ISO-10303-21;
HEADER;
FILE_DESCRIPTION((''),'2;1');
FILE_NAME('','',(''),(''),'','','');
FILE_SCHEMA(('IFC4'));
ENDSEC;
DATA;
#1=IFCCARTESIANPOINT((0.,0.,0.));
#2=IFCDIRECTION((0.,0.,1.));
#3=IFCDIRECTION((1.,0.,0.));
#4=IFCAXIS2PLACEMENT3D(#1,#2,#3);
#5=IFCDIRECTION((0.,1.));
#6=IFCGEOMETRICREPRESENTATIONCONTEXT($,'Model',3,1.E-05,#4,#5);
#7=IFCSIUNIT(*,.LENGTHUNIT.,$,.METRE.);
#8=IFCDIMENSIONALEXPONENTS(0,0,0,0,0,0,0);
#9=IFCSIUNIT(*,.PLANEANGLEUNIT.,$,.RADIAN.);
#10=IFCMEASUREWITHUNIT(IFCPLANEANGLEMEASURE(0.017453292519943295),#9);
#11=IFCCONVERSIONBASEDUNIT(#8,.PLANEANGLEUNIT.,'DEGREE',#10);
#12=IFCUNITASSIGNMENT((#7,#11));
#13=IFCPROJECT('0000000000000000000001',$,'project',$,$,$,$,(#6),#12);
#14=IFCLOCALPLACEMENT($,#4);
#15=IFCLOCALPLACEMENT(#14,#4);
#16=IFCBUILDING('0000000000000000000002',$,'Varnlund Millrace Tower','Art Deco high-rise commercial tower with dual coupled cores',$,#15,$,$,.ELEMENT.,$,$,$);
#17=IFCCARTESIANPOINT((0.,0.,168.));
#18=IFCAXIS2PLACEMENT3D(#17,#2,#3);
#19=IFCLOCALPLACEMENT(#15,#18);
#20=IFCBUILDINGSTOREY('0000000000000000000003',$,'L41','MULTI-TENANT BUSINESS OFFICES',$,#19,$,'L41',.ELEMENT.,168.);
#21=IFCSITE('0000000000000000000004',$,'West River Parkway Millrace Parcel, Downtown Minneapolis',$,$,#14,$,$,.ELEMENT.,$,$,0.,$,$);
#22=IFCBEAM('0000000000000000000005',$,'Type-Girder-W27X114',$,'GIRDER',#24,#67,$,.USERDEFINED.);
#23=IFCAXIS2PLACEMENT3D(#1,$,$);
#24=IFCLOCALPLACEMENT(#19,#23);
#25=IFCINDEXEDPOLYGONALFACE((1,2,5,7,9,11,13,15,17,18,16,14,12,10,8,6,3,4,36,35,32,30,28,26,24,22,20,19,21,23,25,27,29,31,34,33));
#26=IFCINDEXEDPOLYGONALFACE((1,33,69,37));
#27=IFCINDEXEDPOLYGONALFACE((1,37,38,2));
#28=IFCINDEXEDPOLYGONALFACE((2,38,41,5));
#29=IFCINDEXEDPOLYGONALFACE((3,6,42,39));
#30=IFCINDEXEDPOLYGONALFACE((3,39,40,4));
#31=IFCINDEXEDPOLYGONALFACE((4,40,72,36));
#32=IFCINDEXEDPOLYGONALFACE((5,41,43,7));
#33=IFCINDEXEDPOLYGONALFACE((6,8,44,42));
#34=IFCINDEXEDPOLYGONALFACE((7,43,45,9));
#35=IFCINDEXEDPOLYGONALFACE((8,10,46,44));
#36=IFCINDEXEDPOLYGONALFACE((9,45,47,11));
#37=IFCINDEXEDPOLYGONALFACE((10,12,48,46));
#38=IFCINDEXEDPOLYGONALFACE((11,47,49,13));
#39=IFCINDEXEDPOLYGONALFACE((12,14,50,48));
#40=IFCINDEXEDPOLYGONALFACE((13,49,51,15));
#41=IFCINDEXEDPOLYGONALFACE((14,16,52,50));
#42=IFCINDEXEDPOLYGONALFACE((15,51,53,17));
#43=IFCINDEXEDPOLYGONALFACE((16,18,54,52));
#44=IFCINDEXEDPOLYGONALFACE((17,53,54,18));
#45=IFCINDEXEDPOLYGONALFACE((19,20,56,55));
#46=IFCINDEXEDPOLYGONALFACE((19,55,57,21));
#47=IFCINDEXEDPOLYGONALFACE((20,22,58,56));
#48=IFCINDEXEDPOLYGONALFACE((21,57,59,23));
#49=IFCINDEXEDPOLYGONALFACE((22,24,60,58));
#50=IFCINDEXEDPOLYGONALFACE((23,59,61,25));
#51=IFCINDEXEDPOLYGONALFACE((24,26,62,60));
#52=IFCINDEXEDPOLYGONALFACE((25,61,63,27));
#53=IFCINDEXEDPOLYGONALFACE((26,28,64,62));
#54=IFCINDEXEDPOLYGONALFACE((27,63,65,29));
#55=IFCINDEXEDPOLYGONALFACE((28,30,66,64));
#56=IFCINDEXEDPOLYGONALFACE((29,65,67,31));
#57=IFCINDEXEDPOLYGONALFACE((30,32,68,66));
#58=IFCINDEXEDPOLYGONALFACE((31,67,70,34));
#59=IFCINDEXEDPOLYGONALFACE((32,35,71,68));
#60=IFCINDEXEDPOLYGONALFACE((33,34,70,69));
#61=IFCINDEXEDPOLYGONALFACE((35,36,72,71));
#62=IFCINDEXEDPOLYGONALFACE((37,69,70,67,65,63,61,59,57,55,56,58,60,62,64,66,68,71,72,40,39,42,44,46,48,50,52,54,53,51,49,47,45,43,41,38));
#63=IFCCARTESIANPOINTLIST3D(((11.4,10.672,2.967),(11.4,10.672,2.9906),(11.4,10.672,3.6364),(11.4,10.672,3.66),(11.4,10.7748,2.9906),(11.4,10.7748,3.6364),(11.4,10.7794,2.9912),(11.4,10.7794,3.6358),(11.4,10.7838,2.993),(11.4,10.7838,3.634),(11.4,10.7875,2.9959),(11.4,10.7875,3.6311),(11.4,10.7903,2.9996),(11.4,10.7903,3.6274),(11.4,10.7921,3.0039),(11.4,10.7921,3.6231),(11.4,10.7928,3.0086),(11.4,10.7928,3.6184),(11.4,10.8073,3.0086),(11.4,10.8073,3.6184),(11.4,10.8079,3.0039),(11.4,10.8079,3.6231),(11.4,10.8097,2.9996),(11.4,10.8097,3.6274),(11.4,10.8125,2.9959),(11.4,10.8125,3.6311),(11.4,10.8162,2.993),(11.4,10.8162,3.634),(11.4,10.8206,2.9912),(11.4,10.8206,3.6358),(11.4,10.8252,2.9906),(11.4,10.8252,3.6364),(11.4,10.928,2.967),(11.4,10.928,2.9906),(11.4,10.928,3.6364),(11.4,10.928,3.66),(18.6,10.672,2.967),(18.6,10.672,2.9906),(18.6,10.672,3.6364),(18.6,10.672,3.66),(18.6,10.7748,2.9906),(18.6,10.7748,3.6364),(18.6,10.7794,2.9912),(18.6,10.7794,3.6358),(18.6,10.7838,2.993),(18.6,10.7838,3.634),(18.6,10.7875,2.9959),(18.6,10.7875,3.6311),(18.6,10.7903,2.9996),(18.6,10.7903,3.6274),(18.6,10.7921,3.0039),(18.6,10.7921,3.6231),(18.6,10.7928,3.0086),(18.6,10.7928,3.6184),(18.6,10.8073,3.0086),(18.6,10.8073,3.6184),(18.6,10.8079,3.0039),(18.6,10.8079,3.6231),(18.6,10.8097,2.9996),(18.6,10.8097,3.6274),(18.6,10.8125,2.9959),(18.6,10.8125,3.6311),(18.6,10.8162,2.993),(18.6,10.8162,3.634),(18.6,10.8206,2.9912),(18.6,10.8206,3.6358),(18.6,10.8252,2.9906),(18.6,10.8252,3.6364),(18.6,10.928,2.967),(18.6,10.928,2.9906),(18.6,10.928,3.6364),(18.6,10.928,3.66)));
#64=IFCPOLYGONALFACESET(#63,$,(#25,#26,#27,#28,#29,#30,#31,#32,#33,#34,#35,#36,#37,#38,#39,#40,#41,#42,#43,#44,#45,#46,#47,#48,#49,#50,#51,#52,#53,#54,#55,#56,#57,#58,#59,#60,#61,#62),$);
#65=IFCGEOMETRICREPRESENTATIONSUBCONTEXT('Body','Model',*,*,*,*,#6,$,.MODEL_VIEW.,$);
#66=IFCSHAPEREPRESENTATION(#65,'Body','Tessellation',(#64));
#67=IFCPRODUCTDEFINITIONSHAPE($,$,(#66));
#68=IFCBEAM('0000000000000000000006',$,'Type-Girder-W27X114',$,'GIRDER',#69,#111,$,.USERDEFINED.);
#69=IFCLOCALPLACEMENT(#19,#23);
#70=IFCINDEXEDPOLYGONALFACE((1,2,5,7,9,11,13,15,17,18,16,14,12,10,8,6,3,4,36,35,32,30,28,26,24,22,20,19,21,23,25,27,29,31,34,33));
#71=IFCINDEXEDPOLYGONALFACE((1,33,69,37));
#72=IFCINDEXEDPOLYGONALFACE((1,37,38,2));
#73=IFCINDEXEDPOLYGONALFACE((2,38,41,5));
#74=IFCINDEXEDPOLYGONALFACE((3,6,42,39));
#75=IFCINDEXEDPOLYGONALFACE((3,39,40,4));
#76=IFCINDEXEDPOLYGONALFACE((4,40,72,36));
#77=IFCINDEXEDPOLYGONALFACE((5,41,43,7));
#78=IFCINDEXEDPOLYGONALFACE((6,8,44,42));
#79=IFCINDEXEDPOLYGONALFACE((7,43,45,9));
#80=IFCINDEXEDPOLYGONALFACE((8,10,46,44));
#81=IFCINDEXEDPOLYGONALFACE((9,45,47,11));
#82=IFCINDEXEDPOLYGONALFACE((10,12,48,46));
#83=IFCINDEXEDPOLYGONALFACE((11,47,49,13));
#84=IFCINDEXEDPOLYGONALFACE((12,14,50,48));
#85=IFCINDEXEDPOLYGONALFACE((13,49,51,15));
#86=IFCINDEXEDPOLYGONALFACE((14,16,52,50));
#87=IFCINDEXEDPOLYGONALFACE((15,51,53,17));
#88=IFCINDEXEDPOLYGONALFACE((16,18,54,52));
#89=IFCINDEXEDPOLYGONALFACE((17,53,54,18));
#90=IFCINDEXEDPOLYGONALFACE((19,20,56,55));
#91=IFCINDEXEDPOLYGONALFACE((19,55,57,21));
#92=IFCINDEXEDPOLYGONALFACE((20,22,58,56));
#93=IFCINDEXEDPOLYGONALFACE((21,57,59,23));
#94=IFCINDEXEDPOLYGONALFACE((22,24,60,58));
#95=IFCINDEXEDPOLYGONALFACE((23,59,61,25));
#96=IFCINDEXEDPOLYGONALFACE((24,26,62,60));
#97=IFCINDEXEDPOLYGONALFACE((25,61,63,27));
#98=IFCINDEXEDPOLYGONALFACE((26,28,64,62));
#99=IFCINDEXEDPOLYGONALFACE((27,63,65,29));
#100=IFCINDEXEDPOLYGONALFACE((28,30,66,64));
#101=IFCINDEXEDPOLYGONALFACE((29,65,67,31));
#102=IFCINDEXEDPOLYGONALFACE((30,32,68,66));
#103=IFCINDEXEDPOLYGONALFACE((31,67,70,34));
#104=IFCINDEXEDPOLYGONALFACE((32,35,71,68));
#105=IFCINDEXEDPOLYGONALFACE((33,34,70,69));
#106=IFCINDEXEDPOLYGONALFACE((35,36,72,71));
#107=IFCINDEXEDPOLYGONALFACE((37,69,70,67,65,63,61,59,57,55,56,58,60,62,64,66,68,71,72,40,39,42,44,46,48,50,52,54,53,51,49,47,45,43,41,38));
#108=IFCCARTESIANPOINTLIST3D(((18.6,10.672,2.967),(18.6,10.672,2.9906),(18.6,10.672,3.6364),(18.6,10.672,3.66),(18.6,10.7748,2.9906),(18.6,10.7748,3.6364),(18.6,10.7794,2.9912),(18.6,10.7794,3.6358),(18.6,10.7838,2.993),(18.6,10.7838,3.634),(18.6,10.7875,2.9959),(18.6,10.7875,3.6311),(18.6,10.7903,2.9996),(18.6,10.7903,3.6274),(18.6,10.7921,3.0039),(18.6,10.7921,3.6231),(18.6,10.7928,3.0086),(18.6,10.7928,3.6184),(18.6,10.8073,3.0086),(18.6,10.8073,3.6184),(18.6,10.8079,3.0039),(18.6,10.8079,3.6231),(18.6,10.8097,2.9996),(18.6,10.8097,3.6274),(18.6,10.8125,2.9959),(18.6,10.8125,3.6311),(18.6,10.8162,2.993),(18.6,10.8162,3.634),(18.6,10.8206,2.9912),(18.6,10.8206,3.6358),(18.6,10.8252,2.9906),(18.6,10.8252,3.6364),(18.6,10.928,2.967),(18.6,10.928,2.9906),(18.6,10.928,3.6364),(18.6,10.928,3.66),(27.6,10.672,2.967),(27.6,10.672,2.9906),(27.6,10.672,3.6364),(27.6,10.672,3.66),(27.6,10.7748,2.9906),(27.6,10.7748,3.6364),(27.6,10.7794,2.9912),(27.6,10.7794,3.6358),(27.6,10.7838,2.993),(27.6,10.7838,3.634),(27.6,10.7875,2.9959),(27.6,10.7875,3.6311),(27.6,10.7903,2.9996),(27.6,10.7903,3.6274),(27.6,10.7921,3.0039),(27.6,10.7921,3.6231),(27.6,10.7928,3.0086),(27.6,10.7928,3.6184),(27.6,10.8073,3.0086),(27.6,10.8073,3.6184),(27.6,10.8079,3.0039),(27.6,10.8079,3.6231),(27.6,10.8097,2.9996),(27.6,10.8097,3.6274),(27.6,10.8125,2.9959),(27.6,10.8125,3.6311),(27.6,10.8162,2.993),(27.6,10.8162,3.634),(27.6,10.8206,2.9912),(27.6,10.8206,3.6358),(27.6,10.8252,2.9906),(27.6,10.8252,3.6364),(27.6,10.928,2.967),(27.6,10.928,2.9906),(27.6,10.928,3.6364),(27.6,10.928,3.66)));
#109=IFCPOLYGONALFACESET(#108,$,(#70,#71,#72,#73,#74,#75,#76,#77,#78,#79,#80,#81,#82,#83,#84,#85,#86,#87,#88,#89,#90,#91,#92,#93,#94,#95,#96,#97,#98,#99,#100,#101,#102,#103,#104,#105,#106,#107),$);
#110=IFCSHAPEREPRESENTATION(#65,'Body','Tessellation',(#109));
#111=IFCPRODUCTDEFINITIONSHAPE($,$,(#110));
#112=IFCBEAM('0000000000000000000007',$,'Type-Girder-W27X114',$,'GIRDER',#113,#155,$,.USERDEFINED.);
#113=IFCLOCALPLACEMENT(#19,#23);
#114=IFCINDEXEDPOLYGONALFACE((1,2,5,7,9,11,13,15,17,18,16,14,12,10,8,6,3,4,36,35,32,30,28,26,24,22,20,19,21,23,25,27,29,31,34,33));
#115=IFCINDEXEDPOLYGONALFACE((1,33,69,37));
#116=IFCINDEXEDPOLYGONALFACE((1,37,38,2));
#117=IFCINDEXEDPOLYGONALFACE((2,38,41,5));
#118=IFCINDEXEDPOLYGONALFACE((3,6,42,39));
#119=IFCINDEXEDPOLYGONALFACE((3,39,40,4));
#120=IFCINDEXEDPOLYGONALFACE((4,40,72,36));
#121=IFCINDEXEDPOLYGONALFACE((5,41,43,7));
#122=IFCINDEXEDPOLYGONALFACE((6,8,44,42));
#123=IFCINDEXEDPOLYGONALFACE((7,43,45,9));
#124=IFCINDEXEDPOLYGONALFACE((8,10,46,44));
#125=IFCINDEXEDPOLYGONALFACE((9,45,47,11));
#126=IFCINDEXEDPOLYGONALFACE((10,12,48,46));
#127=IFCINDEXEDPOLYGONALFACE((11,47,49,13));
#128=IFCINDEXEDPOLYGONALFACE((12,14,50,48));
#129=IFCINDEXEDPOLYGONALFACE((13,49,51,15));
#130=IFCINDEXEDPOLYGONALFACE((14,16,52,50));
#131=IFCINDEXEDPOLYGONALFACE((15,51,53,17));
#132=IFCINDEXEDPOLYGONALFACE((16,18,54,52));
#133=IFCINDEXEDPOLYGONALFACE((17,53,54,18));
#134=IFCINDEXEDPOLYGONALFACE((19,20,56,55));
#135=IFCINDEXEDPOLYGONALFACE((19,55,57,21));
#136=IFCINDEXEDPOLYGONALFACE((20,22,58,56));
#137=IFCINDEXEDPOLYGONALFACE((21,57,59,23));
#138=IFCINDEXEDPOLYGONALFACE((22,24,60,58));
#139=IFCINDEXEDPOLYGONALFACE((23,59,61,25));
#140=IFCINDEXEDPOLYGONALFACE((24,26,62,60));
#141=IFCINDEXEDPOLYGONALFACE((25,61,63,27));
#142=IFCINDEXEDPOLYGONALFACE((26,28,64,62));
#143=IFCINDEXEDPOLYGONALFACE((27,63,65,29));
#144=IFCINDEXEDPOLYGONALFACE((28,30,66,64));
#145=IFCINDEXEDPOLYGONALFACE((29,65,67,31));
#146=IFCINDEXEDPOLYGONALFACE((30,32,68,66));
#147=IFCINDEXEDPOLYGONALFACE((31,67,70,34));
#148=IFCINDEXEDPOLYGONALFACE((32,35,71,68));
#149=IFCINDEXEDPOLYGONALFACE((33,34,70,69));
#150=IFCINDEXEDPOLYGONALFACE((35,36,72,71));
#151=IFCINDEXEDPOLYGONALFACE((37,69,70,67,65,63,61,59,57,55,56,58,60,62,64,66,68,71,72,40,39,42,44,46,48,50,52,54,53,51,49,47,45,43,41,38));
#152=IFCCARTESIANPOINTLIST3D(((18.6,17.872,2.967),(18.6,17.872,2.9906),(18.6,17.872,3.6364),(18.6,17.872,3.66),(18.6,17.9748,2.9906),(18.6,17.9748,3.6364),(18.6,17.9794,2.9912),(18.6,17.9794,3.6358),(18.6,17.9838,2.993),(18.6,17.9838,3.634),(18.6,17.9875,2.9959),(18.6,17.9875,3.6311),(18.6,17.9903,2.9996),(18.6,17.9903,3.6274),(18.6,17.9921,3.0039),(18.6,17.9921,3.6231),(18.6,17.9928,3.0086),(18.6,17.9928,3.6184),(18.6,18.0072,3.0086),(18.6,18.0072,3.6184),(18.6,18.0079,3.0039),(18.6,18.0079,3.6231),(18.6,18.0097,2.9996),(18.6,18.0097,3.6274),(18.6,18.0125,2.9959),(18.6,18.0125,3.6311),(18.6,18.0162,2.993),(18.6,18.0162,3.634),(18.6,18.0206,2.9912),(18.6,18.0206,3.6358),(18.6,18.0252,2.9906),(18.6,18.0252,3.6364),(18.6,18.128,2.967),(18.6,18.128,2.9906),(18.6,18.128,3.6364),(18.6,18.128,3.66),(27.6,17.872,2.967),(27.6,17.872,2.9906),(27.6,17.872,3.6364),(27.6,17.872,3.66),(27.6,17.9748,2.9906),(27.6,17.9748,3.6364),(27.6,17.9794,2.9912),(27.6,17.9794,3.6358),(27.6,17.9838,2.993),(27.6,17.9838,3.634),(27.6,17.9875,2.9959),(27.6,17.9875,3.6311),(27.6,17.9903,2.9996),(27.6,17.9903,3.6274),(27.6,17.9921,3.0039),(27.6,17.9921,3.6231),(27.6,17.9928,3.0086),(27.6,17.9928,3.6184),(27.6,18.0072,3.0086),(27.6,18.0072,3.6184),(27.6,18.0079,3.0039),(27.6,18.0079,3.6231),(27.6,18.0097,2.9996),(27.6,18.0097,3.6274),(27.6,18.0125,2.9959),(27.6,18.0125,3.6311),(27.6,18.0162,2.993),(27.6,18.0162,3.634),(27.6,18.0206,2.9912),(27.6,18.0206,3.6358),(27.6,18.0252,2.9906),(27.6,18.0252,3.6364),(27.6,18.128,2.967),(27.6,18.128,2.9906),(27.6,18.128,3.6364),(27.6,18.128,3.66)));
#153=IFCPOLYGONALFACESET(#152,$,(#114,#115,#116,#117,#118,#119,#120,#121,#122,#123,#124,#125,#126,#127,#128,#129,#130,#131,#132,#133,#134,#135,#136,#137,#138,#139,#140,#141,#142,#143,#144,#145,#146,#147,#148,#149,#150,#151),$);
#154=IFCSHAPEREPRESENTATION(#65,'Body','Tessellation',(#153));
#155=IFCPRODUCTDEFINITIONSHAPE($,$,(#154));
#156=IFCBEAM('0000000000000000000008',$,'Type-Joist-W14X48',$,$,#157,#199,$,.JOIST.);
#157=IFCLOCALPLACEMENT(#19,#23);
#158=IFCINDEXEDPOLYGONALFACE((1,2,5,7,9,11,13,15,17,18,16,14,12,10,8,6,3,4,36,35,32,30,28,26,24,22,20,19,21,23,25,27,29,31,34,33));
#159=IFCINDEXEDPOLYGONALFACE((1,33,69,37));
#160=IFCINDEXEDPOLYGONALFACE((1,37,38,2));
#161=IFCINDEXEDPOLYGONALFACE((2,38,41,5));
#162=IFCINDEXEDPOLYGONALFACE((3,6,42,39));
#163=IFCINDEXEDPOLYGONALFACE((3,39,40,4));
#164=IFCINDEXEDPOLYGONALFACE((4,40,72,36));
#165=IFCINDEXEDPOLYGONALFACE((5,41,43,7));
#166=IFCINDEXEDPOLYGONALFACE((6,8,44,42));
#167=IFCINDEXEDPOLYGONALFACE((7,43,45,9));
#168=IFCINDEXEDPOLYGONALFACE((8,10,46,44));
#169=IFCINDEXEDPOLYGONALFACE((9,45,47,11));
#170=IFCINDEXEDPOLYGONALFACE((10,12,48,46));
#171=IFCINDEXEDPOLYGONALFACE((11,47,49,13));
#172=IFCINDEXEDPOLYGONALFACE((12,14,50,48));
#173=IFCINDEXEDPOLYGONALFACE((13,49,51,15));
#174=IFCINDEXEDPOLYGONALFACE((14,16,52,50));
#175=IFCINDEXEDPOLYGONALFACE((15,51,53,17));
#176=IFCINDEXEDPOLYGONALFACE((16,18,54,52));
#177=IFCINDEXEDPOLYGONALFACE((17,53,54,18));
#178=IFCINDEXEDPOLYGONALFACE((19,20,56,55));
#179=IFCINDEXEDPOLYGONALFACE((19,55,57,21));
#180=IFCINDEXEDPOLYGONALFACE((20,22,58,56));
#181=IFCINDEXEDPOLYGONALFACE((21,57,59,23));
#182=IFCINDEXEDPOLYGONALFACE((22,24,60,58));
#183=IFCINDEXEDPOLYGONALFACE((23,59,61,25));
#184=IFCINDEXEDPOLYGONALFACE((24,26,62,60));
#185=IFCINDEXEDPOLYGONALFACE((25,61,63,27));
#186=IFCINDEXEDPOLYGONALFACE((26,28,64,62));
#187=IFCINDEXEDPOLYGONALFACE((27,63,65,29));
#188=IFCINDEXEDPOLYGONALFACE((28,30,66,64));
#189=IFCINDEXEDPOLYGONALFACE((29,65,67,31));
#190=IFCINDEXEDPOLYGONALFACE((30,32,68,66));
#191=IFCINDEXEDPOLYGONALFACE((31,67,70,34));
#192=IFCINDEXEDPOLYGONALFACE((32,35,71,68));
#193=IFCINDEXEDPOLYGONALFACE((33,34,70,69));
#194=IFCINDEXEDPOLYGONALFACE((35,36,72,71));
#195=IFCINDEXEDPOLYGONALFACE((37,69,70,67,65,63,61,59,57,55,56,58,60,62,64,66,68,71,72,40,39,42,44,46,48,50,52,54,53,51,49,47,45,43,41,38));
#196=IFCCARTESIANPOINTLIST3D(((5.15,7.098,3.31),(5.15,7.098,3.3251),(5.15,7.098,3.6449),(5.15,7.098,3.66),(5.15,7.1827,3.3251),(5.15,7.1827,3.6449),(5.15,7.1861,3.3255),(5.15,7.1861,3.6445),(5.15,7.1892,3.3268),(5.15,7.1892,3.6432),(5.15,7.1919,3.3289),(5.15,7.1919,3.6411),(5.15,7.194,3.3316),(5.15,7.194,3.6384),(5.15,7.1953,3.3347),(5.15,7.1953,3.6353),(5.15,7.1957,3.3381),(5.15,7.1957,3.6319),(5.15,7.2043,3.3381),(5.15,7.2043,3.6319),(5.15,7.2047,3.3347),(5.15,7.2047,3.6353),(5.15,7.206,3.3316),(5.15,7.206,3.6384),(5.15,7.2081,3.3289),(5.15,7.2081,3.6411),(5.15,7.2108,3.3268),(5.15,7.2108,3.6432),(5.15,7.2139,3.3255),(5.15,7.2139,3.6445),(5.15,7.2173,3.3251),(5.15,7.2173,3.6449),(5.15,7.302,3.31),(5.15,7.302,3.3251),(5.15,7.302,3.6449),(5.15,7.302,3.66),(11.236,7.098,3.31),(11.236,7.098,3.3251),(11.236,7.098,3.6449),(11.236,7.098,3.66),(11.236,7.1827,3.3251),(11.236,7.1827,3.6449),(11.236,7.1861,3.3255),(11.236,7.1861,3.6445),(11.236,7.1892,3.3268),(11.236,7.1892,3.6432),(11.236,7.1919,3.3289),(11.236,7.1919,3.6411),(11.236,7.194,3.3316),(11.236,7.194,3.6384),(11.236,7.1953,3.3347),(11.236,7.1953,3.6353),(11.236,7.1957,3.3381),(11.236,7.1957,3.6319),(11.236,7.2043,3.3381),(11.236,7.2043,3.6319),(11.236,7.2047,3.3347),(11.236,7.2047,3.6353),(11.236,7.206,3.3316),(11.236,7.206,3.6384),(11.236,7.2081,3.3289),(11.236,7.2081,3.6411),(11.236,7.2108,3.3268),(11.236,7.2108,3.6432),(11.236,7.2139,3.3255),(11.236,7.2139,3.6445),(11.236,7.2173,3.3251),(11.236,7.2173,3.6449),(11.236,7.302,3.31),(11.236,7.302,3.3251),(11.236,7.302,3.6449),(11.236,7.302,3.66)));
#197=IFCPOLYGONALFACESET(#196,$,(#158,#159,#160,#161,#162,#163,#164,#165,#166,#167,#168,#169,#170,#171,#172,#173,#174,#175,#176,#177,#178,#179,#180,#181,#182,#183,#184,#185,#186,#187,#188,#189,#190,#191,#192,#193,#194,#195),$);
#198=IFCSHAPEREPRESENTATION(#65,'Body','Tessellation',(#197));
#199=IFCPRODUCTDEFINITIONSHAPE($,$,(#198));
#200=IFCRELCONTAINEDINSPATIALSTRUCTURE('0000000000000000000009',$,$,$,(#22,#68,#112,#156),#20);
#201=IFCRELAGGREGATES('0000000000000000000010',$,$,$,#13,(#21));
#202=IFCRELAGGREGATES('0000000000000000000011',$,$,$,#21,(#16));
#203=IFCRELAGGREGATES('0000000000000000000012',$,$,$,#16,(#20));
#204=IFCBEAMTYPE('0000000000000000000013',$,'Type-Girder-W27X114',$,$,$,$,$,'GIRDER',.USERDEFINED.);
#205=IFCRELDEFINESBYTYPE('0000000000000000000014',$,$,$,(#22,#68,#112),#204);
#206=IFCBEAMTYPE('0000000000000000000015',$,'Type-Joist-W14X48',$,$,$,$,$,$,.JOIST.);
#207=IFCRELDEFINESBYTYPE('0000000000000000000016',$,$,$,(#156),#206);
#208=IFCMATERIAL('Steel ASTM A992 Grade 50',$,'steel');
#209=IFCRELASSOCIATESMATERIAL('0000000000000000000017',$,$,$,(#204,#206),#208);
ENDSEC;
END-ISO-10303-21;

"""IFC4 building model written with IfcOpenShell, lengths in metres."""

from ifc_helpers import new_model, entity, si_unit, converted_unit, direction, frame, origin_with_axes, origin_2d_with_axis, place, context, subcontext, project, spatial, i_section, extrude, material, material_profile, profile_set, type_object, element, save


model = new_model("IFC4")

# Units and contexts
model_context = context("Model", 3, precision=1e-05, world=origin_with_axes(), true_north=direction((0.0, 1.0)))
body_context = subcontext(model_context, "Body", "Model", "MODEL_VIEW")
ifc_project = project(units=[si_unit("LENGTHUNIT", "METRE"), converted_unit("PLANEANGLEUNIT", "DEGREE", entity("IfcPlaneAngleMeasure", 0.017453292519943295), si_unit("PLANEANGLEUNIT", "RADIAN"), dimensions=[0, 0, 0, 0, 0, 0, 0])], contexts=[model_context])

# Site, building, storey
site_placement = place(None, origin_with_axes())
site = spatial("IfcSite", under=ifc_project, at=site_placement, Name="West River Parkway Millrace Parcel, Downtown Minneapolis", CompositionType="ELEMENT", RefElevation=0.0)
building_placement = place(site_placement, origin_with_axes())
building = spatial("IfcBuilding", under=site, at=building_placement, Name="Varnlund Millrace Tower", Description="Art Deco high-rise commercial tower with dual coupled cores", CompositionType="ELEMENT")
storey_placement = place(building_placement, frame((0.0, 0.0, 168.0), z_axis=(0.0, 0.0, 1.0), x_axis=(1.0, 0.0, 0.0)))
storey = spatial("IfcBuildingStorey", under=building, at=storey_placement, Name="L41", Description="MULTI-TENANT BUSINESS OFFICES", LongName="L41", CompositionType="ELEMENT", Elevation=168.0)

# Beams
ifc_material_1 = material(Name="Steel ASTM A992 Grade 50", Category="steel")
ifc_material_profile_1 = material_profile(ifc_material_1, i_section(OverallWidth=0.256, OverallDepth=0.693, WebThickness=0.0145, FlangeThickness=0.0236, FilletRadius=0.018, at=origin_2d_with_axis()), Name="Steel ASTM A992 Grade 50")
ifc_profile_set_1 = profile_set([ifc_material_profile_1], Name="Steel ASTM A992 Grade 50")
beam_type_1 = type_object("IfcBeamType", Name="Type-Girder-W27X114", ElementType="GIRDER", PredefinedType="USERDEFINED", material=ifc_profile_set_1)
beam_1_placement = place(storey_placement, frame((11.4, 10.8, 3.3135), z_axis=(1.0, 0.0, 0.0), x_axis=(0.0, 1.0, 0.0)))
element("IfcBeam", 1, at=beam_1_placement, inside=storey, type_object=beam_type_1, Name="Type-Girder-W27X114", ObjectType="GIRDER", PredefinedType="USERDEFINED", context=body_context, shape_type="SweptSolid", body=[
    extrude(i_section(OverallWidth=0.256, OverallDepth=0.693, WebThickness=0.0145, FlangeThickness=0.0236, FilletRadius=0.018, at=origin_2d_with_axis()), origin_with_axes(), (0.0, 0.0, 1.0), 7.2),
])
for number, where, z_axis, x_axis, name in (
    (2, (18.6, 10.8, 3.3135), (1.0, 0.0, 0.0), (0.0, 1.0, 0.0), "Type-Girder-W27X114"),
    (3, (18.6, 18.0, 3.3135), (1.0, 0.0, 0.0), (0.0, 1.0, 0.0), "Type-Girder-W27X114"),
):
    element("IfcBeam", number, at=place(storey_placement, frame(where, z_axis=z_axis, x_axis=x_axis)), inside=storey, type_object=beam_type_1, Name=name, ObjectType="GIRDER", PredefinedType="USERDEFINED", context=body_context, shape_type="SweptSolid", body=[
        extrude(i_section(OverallWidth=0.256, OverallDepth=0.693, WebThickness=0.0145, FlangeThickness=0.0236, FilletRadius=0.018, at=origin_2d_with_axis()), origin_with_axes(), (0.0, 0.0, 1.0), 9.0),
    ])
ifc_material_profile_2 = material_profile(ifc_material_1, i_section(OverallWidth=0.204, OverallDepth=0.35, WebThickness=0.0086, FlangeThickness=0.0151, FilletRadius=0.013, at=origin_2d_with_axis()), Name="Steel ASTM A992 Grade 50")
ifc_profile_set_2 = profile_set([ifc_material_profile_2], Name="Steel ASTM A992 Grade 50")
beam_type_2 = type_object("IfcBeamType", Name="Type-Joist-W14X48", PredefinedType="JOIST", material=ifc_profile_set_2)
for number, where, z_axis, x_axis, name in (
    (4, (5.15, 7.2, 3.485), (1.0, 0.0, 0.0), (0.0, 1.0, 0.0), "Type-Joist-W14X48"),
):
    element("IfcBeam", number, at=place(storey_placement, frame(where, z_axis=z_axis, x_axis=x_axis)), inside=storey, type_object=beam_type_2, Name=name, PredefinedType="JOIST", context=body_context, shape_type="SweptSolid", body=[
        extrude(i_section(OverallWidth=0.204, OverallDepth=0.35, WebThickness=0.0086, FlangeThickness=0.0151, FilletRadius=0.013, at=origin_2d_with_axis()), origin_with_axes(), (0.0, 0.0, 1.0), 6.086),
    ])

save(model, "model.ifc")
